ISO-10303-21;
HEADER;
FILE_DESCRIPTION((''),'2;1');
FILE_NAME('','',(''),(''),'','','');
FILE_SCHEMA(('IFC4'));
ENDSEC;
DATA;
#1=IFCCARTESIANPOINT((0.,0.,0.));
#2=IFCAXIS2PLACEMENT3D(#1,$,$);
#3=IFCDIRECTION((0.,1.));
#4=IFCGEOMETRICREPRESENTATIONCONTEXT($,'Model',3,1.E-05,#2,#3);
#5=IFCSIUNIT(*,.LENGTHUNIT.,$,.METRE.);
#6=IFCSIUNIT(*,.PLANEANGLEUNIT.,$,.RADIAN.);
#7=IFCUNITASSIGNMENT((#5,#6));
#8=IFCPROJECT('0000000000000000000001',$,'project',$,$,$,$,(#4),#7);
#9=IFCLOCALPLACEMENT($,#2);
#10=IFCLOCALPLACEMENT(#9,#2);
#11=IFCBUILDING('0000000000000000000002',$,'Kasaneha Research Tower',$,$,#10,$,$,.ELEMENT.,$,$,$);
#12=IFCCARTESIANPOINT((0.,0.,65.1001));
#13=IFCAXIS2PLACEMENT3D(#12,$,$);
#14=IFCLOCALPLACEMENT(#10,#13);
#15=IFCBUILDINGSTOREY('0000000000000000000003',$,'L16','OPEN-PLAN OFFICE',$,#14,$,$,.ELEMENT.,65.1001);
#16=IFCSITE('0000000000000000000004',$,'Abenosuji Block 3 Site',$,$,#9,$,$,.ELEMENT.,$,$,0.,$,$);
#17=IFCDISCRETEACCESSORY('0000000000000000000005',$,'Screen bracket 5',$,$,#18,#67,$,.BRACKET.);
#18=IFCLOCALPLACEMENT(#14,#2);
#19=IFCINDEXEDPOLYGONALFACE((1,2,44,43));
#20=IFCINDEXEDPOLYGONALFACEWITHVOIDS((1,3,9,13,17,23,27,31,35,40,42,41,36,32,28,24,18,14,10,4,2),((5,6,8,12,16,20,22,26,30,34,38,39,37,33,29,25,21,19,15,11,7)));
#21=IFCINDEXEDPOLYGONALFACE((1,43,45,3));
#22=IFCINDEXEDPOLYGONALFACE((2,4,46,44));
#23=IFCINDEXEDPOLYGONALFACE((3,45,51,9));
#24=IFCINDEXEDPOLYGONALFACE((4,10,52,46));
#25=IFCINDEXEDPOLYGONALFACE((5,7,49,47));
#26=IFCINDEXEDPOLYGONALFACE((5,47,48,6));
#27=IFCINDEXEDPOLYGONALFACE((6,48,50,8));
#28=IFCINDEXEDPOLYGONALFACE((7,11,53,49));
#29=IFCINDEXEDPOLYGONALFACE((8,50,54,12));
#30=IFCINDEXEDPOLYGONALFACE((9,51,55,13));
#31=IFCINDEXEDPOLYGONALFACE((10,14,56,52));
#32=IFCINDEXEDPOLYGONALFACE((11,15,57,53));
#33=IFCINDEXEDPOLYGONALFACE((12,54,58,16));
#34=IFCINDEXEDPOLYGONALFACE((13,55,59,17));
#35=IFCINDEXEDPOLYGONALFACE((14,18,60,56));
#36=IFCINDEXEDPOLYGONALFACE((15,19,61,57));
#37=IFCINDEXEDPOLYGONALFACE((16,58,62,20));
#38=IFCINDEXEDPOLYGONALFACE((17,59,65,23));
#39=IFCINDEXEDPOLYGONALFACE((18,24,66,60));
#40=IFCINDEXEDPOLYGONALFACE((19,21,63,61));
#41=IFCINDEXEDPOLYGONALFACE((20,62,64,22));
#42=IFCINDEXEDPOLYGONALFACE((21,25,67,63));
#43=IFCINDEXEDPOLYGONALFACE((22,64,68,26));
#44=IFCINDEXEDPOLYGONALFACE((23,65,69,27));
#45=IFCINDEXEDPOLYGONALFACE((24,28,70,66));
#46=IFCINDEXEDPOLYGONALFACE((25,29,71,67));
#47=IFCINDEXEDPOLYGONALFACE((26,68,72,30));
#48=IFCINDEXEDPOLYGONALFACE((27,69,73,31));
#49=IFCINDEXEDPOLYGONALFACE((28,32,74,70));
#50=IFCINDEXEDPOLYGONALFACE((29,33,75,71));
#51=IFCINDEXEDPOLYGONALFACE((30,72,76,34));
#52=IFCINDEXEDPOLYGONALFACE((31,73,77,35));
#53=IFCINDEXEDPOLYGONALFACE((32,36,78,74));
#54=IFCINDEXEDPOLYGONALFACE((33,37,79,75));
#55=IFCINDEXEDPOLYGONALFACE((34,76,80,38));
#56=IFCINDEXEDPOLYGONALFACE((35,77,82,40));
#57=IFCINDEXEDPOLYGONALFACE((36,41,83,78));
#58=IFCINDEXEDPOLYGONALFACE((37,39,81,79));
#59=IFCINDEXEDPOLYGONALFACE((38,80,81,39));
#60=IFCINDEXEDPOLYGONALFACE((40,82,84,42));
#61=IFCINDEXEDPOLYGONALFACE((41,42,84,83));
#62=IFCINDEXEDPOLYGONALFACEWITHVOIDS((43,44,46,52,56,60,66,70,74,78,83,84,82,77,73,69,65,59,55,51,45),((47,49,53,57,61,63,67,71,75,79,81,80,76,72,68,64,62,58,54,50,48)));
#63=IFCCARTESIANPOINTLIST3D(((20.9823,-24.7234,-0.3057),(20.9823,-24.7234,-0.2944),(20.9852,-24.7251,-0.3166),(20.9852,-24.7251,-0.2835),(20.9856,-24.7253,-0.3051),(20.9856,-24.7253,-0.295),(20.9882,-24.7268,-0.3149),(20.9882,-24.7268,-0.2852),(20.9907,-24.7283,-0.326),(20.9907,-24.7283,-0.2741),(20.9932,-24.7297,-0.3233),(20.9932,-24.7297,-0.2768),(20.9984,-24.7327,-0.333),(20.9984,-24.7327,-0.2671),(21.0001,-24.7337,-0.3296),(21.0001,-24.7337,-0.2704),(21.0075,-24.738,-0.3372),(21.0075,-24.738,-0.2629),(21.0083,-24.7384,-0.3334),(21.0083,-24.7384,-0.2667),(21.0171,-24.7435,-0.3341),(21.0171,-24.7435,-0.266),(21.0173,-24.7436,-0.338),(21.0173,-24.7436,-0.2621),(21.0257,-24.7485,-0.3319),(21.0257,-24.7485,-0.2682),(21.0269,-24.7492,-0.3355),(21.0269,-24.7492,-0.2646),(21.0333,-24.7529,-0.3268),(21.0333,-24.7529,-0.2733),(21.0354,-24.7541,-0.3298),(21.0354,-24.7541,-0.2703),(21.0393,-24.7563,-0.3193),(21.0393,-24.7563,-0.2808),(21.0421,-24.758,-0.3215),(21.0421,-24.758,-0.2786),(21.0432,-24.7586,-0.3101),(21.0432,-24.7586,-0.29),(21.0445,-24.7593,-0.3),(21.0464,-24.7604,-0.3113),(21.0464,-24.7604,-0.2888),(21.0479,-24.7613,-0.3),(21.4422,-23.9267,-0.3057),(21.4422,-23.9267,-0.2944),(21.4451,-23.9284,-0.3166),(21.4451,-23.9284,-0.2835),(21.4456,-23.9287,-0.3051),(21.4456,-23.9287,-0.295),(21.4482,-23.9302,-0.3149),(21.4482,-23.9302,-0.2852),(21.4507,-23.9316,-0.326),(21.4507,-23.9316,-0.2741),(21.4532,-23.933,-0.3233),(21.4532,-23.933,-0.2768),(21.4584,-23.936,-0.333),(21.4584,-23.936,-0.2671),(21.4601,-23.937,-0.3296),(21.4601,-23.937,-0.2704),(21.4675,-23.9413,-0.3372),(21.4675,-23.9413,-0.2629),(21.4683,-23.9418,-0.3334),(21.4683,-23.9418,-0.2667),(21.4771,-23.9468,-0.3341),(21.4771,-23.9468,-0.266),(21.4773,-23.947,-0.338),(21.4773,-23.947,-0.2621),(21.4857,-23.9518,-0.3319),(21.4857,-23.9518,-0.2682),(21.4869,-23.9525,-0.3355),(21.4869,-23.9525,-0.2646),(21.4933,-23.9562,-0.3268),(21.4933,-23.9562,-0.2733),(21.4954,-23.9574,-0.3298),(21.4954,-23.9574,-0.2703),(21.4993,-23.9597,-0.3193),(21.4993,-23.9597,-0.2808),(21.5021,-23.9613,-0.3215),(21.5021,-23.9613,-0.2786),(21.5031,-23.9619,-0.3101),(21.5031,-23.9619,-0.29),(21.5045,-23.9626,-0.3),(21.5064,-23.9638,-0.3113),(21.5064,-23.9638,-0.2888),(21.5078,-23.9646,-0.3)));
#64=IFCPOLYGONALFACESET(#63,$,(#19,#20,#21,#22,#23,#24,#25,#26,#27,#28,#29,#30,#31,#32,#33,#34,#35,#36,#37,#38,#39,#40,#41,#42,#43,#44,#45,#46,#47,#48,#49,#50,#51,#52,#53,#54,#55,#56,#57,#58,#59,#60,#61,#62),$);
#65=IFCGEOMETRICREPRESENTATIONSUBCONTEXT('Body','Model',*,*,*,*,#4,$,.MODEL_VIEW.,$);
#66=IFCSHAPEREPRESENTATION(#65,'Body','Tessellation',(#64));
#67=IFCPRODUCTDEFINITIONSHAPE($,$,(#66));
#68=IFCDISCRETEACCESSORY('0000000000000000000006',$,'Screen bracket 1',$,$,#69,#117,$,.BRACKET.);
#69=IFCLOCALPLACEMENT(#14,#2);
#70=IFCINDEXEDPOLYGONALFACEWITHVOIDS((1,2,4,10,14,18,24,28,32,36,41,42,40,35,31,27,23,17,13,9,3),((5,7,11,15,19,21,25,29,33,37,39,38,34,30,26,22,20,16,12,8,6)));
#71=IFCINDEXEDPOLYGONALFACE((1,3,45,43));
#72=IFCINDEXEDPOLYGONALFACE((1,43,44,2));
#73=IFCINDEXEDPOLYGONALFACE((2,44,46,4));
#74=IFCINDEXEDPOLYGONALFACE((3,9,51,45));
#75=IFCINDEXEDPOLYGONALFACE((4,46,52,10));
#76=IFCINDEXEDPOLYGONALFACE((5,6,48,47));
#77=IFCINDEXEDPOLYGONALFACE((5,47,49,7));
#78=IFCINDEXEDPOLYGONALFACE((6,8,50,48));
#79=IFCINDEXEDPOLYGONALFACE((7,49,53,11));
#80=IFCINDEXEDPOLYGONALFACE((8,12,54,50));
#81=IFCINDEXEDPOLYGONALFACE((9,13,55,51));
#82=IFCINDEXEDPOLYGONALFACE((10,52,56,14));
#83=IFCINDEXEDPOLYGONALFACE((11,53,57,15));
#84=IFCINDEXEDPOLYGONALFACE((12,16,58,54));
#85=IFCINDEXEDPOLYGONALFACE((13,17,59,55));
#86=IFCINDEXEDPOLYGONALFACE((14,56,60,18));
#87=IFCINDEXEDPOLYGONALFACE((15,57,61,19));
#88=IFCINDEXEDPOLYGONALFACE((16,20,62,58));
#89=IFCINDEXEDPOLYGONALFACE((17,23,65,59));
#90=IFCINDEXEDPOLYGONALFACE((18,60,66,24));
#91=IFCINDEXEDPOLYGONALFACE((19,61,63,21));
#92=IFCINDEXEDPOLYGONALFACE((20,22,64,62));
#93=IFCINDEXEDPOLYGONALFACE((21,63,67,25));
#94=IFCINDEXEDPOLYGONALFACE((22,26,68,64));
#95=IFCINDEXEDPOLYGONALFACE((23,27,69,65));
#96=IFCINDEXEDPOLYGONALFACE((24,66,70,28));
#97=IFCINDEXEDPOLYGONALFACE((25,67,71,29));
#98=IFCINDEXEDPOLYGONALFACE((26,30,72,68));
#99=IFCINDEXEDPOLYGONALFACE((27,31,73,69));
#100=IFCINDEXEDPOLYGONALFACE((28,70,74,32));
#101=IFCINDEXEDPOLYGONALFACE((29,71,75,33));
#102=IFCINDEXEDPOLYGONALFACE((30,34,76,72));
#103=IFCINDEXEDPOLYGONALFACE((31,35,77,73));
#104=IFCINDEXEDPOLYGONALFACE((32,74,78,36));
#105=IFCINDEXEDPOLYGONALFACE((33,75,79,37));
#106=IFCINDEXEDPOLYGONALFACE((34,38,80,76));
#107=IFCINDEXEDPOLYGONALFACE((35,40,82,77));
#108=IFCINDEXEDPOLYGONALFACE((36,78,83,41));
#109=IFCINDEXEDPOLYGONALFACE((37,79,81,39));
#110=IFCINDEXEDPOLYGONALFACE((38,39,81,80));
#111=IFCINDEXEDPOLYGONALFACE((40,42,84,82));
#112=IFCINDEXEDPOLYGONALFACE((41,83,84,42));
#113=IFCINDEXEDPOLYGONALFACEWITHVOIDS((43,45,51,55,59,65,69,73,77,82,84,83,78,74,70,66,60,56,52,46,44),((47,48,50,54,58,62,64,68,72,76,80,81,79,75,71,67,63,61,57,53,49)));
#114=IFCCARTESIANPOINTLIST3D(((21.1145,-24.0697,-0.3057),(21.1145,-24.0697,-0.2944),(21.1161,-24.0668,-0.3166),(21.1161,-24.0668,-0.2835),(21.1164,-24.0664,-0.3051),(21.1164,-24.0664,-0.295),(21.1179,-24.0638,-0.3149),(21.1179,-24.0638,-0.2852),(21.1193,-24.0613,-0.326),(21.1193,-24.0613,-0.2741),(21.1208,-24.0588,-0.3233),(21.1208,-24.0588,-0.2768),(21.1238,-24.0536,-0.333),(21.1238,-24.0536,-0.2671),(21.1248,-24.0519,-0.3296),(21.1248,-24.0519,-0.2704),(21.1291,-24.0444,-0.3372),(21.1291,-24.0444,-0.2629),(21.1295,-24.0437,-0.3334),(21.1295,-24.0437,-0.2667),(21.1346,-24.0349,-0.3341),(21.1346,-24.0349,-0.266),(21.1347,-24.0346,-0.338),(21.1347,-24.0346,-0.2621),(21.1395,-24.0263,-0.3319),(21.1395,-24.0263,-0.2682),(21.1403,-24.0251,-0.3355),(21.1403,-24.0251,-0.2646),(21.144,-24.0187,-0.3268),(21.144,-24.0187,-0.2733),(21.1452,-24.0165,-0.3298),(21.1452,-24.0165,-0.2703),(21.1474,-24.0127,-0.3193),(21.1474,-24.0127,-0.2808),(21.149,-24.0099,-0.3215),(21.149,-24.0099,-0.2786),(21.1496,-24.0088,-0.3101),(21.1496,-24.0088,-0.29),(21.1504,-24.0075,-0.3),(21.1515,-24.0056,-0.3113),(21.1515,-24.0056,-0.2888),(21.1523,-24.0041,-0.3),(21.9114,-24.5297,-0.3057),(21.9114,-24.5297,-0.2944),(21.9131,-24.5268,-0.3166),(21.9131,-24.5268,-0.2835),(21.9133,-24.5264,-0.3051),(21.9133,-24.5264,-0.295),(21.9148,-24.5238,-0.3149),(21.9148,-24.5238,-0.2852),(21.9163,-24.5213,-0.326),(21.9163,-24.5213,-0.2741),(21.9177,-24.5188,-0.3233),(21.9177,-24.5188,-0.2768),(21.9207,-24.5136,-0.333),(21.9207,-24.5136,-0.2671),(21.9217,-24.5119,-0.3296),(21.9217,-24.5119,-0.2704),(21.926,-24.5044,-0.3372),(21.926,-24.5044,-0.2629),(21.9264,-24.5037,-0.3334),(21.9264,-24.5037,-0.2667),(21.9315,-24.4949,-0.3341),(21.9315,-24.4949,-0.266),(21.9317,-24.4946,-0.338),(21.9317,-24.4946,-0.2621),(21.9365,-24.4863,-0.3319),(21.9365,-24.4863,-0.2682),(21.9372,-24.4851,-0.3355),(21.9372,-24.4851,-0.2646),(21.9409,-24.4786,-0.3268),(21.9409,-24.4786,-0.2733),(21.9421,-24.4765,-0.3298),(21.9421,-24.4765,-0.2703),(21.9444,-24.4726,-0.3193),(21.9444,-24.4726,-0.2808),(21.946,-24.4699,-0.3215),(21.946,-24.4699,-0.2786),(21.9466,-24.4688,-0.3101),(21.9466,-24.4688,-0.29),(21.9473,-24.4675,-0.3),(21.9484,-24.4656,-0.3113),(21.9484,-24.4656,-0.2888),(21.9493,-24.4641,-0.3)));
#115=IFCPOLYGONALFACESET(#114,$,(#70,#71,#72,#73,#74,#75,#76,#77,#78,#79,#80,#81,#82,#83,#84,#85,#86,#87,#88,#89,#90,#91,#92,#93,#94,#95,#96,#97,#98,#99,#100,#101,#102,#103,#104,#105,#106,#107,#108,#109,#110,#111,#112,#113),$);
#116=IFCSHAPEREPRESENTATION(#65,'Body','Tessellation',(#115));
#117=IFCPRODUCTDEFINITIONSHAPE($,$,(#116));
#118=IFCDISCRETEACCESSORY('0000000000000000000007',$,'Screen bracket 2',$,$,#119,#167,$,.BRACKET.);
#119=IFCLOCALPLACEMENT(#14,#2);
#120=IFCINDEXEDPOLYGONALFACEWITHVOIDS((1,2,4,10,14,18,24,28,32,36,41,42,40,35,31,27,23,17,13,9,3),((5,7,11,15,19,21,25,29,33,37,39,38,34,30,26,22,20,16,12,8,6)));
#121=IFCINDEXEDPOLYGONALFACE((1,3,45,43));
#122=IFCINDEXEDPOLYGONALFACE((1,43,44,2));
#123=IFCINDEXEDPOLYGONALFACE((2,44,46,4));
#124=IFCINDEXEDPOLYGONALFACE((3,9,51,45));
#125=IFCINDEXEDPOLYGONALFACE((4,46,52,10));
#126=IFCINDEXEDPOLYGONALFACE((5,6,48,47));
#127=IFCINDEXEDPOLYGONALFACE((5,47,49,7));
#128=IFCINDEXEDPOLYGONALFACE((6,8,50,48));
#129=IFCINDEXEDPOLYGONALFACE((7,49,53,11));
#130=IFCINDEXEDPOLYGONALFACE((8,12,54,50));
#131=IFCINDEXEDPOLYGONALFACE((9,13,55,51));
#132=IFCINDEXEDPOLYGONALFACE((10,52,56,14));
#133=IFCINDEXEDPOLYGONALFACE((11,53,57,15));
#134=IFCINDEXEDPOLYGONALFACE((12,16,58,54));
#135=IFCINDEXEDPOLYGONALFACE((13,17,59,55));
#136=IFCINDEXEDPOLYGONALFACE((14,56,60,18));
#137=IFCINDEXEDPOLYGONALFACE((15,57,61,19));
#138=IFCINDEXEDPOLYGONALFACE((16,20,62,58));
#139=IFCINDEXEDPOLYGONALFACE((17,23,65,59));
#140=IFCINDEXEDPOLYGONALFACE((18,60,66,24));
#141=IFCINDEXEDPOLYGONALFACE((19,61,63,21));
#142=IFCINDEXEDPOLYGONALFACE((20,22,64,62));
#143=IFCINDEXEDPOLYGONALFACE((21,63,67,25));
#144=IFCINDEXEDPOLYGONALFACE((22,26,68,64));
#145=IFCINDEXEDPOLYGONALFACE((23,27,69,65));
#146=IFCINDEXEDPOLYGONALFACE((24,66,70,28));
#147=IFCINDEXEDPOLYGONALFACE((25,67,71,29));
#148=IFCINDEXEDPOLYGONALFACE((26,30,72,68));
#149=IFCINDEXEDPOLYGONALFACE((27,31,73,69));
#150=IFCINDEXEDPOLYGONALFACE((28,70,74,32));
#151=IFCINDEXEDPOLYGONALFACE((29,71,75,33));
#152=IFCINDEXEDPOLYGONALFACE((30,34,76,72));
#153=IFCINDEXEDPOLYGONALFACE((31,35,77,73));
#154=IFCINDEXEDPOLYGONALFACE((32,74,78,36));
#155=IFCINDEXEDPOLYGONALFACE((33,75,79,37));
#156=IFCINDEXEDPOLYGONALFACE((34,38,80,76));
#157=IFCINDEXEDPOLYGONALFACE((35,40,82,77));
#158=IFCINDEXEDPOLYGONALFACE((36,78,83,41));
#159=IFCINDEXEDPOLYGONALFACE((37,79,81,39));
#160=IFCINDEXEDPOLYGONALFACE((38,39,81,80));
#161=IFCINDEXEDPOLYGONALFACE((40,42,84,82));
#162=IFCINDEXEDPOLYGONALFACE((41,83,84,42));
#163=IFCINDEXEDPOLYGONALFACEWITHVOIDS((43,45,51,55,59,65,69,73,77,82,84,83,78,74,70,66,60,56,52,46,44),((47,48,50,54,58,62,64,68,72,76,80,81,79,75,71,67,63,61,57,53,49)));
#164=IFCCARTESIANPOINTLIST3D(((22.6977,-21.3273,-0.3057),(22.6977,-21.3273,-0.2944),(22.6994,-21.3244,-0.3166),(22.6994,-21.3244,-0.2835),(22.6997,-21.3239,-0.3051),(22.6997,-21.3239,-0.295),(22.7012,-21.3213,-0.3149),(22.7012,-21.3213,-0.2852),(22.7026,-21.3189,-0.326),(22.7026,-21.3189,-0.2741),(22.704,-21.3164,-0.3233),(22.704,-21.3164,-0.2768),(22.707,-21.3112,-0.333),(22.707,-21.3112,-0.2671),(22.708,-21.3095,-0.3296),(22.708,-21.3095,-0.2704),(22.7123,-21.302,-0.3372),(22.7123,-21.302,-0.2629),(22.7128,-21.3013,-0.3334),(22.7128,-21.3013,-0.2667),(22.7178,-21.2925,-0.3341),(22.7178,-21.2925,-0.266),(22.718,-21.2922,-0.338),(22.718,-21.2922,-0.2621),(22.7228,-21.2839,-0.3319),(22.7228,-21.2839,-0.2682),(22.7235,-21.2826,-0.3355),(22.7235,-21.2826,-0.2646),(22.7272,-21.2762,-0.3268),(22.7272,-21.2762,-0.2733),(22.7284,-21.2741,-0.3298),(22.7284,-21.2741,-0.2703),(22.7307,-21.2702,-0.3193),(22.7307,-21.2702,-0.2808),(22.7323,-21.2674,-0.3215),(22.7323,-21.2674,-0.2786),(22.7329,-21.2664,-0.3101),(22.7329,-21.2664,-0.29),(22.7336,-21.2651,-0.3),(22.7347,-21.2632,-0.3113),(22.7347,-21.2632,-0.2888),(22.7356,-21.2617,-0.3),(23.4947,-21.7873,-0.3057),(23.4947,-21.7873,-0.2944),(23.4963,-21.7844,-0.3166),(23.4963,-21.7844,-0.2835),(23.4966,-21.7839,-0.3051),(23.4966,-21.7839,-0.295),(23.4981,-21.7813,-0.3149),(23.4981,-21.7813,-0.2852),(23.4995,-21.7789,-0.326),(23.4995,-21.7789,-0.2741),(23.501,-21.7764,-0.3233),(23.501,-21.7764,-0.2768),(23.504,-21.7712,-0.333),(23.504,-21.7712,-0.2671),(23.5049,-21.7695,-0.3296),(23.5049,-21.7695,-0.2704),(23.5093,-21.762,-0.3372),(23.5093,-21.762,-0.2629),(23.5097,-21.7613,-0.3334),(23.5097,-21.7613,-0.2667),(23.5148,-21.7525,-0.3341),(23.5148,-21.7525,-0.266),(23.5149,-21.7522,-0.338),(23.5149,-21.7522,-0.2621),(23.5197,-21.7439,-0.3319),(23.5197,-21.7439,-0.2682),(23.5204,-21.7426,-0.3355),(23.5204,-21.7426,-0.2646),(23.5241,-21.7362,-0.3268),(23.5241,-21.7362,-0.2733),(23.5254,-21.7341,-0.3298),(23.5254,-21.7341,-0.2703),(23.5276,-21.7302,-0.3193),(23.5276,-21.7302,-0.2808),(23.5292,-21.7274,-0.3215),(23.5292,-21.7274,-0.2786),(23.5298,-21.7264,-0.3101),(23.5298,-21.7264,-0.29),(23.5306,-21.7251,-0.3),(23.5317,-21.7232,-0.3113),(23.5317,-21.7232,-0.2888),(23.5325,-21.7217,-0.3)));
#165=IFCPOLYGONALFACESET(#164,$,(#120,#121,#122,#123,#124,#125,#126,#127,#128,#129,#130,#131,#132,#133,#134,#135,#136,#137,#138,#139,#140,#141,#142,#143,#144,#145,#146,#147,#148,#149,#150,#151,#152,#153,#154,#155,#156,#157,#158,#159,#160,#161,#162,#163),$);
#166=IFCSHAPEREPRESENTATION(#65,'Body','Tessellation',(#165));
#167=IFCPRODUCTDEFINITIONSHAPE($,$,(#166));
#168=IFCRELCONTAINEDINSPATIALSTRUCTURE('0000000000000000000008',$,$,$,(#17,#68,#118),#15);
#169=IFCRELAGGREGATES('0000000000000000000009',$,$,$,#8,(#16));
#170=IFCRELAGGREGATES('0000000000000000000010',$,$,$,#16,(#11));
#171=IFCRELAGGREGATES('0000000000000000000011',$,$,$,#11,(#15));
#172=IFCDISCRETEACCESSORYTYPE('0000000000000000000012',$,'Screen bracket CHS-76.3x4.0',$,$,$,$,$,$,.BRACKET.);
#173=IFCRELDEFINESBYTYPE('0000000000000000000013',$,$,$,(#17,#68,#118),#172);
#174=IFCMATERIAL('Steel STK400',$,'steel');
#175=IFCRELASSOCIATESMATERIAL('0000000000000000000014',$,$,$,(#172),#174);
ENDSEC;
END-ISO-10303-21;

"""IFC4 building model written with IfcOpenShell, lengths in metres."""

from ifc_helpers import new_model, si_unit, direction, frame, origin, origin_2d, place, context, subcontext, project, spatial, hollow_circle, extrude, material, material_profile, profile_set, type_object, element, save


model = new_model("IFC4")

# Units and contexts
model_context = context("Model", 3, precision=1e-05, world=origin(), true_north=direction((0.0, 1.0)))
body_context = subcontext(model_context, "Body", "Model", "MODEL_VIEW")
ifc_project = project(units=[si_unit("LENGTHUNIT", "METRE"), si_unit("PLANEANGLEUNIT", "RADIAN")], contexts=[model_context])

# Site, building, storey
site_placement = place(None, origin())
site = spatial("IfcSite", under=ifc_project, at=site_placement, Name="Abenosuji Block 3 Site", CompositionType="ELEMENT", RefElevation=0.0)
building_placement = place(site_placement, origin())
building = spatial("IfcBuilding", under=site, at=building_placement, Name="Kasaneha Research Tower", CompositionType="ELEMENT")
storey_placement = place(building_placement, frame((0.0, 0.0, 65.1001)))
storey = spatial("IfcBuildingStorey", under=building, at=storey_placement, Name="L16", Description="OPEN-PLAN OFFICE", CompositionType="ELEMENT", Elevation=65.1001)

# Discrete accessories
ifc_material_1 = material(Name="Steel STK400", Category="steel")
ifc_material_profile_1 = material_profile(ifc_material_1, hollow_circle(Radius=0.0381, WallThickness=0.0039, at=origin_2d()), Name="CHS-76.3x4.0")
ifc_profile_set_1 = profile_set([ifc_material_profile_1], Name="Steel STK400")
discrete_accessory_type = type_object("IfcDiscreteAccessoryType", Name="Screen bracket CHS-76.3x4.0", PredefinedType="BRACKET", material=ifc_profile_set_1)
discrete_accessory_1_placement = place(storey_placement, frame((21.4749, -23.9456, -0.3), z_axis=(-0.500021, -0.866013, 0.0), x_axis=(0.866013, -0.500021, 0.0)))
element("IfcDiscreteAccessory", 1, at=discrete_accessory_1_placement, inside=storey, type_object=discrete_accessory_type, Name="Screen bracket 5", PredefinedType="BRACKET", context=body_context, shape_type="SweptSolid", body=[
    extrude(hollow_circle(Radius=0.0381, WallThickness=0.0039, at=origin_2d()), origin(), (0.0, 0.0, 1.0), 0.9199),
])
for number, where, z_axis, x_axis, name in (
    (2, (21.1333, -24.0371, -0.3), (0.86608, -0.499906, 0.0), (0.499906, 0.86608, 0.0), "Screen bracket 1"),
    (3, (22.7166, -21.2947, -0.3), (0.86608, -0.499906, 0.0), (0.499906, 0.86608, 0.0), "Screen bracket 2"),
):
    element("IfcDiscreteAccessory", number, at=place(storey_placement, frame(where, z_axis=z_axis, x_axis=x_axis)), inside=storey, type_object=discrete_accessory_type, Name=name, PredefinedType="BRACKET", context=body_context, shape_type="SweptSolid", body=[
        extrude(hollow_circle(Radius=0.0381, WallThickness=0.0039, at=origin_2d()), origin(), (0.0, 0.0, 1.0), 0.9202),
    ])

save(model, "model.ifc")
